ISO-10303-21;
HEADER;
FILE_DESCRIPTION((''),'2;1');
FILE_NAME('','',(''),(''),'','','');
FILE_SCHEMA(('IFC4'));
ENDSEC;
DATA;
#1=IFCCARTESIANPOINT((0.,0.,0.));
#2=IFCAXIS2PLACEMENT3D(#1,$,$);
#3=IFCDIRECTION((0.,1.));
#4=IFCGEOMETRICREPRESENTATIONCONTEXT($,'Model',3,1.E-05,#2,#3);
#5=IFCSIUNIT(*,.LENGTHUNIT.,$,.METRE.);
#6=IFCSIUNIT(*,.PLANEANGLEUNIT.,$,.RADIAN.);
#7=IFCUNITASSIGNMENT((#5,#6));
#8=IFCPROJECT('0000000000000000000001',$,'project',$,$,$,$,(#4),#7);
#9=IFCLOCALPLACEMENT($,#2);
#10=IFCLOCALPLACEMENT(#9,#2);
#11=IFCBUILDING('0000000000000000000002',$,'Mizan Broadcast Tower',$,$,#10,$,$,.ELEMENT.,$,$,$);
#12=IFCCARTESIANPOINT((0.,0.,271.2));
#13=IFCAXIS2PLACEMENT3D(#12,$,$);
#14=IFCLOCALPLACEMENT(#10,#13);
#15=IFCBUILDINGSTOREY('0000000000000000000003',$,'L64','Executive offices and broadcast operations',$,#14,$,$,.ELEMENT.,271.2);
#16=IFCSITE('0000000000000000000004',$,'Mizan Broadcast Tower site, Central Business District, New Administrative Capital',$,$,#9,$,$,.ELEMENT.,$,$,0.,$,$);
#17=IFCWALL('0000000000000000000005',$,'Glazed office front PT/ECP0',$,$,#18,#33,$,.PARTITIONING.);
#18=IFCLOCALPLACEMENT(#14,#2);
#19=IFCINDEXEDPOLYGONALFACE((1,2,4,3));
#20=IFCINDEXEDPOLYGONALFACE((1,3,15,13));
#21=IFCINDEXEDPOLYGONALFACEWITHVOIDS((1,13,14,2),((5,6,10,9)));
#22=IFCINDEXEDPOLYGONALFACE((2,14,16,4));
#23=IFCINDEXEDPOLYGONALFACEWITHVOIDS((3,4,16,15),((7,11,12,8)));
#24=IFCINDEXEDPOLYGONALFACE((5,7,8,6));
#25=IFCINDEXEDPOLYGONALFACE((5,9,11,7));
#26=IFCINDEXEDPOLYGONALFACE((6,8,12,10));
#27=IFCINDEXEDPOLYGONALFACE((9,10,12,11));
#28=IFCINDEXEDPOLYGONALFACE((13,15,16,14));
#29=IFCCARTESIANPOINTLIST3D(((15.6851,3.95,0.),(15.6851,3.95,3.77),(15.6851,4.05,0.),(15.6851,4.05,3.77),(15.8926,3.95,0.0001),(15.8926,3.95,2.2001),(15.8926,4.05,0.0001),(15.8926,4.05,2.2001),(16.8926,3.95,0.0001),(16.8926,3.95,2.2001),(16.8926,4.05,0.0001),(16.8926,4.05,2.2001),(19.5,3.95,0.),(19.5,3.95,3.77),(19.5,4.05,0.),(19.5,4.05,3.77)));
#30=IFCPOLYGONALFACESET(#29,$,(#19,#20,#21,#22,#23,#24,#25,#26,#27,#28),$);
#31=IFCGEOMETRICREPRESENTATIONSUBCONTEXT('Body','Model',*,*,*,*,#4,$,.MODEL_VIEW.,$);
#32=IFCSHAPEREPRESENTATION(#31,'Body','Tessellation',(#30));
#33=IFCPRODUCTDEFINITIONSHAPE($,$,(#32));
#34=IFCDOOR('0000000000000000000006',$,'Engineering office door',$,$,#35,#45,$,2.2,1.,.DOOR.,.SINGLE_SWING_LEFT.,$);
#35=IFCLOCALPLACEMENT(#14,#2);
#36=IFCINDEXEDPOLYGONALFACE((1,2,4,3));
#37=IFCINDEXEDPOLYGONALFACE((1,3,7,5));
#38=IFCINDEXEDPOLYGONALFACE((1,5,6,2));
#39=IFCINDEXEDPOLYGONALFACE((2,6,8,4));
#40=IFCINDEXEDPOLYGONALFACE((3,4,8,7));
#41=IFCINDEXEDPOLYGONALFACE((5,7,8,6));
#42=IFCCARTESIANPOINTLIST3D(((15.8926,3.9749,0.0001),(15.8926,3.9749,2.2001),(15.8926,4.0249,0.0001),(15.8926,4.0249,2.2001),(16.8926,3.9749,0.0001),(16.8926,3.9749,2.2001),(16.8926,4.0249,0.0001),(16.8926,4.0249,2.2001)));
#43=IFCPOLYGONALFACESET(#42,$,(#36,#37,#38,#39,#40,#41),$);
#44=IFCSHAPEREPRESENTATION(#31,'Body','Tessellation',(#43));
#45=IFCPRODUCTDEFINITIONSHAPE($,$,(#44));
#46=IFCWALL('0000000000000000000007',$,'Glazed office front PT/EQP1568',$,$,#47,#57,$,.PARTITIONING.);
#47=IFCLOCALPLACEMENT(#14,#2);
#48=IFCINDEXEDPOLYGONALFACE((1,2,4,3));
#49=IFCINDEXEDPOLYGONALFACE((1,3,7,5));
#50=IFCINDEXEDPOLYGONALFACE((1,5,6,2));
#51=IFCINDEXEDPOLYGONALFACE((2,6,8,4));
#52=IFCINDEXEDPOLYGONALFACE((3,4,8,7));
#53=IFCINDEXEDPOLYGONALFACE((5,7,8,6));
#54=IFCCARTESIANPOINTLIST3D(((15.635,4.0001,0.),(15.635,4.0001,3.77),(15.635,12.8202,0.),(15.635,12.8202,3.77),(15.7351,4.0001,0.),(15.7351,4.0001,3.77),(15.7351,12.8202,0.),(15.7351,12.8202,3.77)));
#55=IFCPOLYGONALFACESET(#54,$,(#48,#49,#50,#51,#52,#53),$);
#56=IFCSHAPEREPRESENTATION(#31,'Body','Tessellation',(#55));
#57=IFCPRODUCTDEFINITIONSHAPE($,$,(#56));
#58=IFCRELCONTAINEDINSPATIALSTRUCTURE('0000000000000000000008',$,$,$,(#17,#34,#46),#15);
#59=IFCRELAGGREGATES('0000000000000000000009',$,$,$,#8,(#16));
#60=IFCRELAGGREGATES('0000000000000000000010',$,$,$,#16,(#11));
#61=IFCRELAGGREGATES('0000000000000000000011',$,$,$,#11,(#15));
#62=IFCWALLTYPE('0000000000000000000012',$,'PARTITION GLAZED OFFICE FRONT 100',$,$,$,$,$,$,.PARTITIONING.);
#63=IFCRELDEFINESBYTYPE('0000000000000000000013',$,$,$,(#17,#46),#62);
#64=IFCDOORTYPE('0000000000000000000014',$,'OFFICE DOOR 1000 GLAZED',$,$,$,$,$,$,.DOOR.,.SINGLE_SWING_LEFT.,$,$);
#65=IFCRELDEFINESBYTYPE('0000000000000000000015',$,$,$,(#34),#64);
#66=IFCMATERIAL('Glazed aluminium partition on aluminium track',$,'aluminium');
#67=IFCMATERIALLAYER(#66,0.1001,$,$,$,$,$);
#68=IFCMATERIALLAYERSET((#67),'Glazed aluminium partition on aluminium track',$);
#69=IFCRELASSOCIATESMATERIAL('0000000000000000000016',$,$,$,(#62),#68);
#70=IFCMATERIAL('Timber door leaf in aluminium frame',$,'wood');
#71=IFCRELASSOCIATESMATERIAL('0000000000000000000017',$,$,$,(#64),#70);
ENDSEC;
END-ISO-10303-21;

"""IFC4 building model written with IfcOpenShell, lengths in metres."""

from ifc_helpers import new_model, si_unit, direction, frame, frame_2d, origin, place, context, subcontext, project, spatial, rectangle, extrude, material, layer, layer_set, type_object, element, fill, save


model = new_model("IFC4")

# Units and contexts
model_context = context("Model", 3, precision=1e-05, world=origin(), true_north=direction((0.0, 1.0)))
body_context = subcontext(model_context, "Body", "Model", "MODEL_VIEW")
ifc_project = project(units=[si_unit("LENGTHUNIT", "METRE"), si_unit("PLANEANGLEUNIT", "RADIAN")], contexts=[model_context])

# Site, building, storey
site_placement = place(None, origin())
site = spatial("IfcSite", under=ifc_project, at=site_placement, Name="Mizan Broadcast Tower site, Central Business District, New Administrative Capital", CompositionType="ELEMENT", RefElevation=0.0)
building_placement = place(site_placement, origin())
building = spatial("IfcBuilding", under=site, at=building_placement, Name="Mizan Broadcast Tower", CompositionType="ELEMENT")
storey_placement = place(building_placement, frame((0.0, 0.0, 271.2)))
storey = spatial("IfcBuildingStorey", under=building, at=storey_placement, Name="L64", Description="Executive offices and broadcast operations", CompositionType="ELEMENT", Elevation=271.2)

# Wall, opening, door
ifc_material_1 = material(Name="Glazed aluminium partition on aluminium track", Category="aluminium")
ifc_layer_1 = layer(ifc_material_1, 0.1001)
ifc_layer_set_1 = layer_set([ifc_layer_1], Name="Glazed aluminium partition on aluminium track")
wall_type = type_object("IfcWallType", Name="PARTITION GLAZED OFFICE FRONT 100", PredefinedType="PARTITIONING", material=ifc_layer_set_1)
wall_1_placement = place(storey_placement, frame((15.6851, 4.0, 0.0), z_axis=(0.0, 0.0, 1.0), x_axis=(1.0, 0.0, 0.0)))
wall_1 = element("IfcWall", 1, at=wall_1_placement, inside=storey, type_object=wall_type, Name="Glazed office front PT/ECP0", PredefinedType="PARTITIONING", context=body_context, shape_type="SweptSolid", body=[
    extrude(rectangle(XDim=3.8149, YDim=0.1001, at=frame_2d((1.9075, 0.0))), origin(), (0.0, 0.0, 1.0), 3.77),
])
opening_placement = place(wall_1_placement, frame((0.2075, 0.0, 0.0)))
opening = element("IfcOpeningElement", 2, at=opening_placement, cuts=wall_1, PredefinedType="OPENING", context=body_context, shape_type="SweptSolid", body=[
    extrude(rectangle(XDim=1.0, YDim=2.2, at=frame_2d((0.5, 1.1001))), frame((0.0, 0.0601, 0.0), z_axis=(0.0, -1.0, 0.0), x_axis=(1.0, 0.0, 0.0)), (0.0, 0.0, 1.0), 0.1201),
])
ifc_material_2 = material(Name="Timber door leaf in aluminium frame", Category="wood")
door_type = type_object("IfcDoorType", Name="OFFICE DOOR 1000 GLAZED", OperationType="SINGLE_SWING_LEFT", PredefinedType="DOOR", material=ifc_material_2)
door_placement = place(opening_placement, origin())
door = element("IfcDoor", 3, at=door_placement, inside=storey, type_object=door_type, Name="Engineering office door", OperationType="SINGLE_SWING_LEFT", OverallHeight=2.2, OverallWidth=1.0, PredefinedType="DOOR", context=body_context, shape_type="SweptSolid", body=[
    extrude(rectangle(XDim=1.0, YDim=2.2, at=frame_2d((0.5, 1.1001))), frame((0.0, 0.0249, 0.0), z_axis=(0.0, -1.0, 0.0), x_axis=(1.0, 0.0, 0.0)), (0.0, 0.0, 1.0), 0.05),
])
fill(opening, door)

# Wall
wall_2_placement = place(storey_placement, frame((15.6851, 4.0, 0.0), z_axis=(0.0, 0.0, 1.0), x_axis=(0.0, 1.0, 0.0)))
element("IfcWall", 4, at=wall_2_placement, inside=storey, type_object=wall_type, Name="Glazed office front PT/EQP1568", PredefinedType="PARTITIONING", context=body_context, shape_type="SweptSolid", body=[
    extrude(rectangle(XDim=8.8201, YDim=0.1001, at=frame_2d((4.4102, 0.0))), origin(), (0.0, 0.0, 1.0), 3.77),
])

save(model, "model.ifc")
